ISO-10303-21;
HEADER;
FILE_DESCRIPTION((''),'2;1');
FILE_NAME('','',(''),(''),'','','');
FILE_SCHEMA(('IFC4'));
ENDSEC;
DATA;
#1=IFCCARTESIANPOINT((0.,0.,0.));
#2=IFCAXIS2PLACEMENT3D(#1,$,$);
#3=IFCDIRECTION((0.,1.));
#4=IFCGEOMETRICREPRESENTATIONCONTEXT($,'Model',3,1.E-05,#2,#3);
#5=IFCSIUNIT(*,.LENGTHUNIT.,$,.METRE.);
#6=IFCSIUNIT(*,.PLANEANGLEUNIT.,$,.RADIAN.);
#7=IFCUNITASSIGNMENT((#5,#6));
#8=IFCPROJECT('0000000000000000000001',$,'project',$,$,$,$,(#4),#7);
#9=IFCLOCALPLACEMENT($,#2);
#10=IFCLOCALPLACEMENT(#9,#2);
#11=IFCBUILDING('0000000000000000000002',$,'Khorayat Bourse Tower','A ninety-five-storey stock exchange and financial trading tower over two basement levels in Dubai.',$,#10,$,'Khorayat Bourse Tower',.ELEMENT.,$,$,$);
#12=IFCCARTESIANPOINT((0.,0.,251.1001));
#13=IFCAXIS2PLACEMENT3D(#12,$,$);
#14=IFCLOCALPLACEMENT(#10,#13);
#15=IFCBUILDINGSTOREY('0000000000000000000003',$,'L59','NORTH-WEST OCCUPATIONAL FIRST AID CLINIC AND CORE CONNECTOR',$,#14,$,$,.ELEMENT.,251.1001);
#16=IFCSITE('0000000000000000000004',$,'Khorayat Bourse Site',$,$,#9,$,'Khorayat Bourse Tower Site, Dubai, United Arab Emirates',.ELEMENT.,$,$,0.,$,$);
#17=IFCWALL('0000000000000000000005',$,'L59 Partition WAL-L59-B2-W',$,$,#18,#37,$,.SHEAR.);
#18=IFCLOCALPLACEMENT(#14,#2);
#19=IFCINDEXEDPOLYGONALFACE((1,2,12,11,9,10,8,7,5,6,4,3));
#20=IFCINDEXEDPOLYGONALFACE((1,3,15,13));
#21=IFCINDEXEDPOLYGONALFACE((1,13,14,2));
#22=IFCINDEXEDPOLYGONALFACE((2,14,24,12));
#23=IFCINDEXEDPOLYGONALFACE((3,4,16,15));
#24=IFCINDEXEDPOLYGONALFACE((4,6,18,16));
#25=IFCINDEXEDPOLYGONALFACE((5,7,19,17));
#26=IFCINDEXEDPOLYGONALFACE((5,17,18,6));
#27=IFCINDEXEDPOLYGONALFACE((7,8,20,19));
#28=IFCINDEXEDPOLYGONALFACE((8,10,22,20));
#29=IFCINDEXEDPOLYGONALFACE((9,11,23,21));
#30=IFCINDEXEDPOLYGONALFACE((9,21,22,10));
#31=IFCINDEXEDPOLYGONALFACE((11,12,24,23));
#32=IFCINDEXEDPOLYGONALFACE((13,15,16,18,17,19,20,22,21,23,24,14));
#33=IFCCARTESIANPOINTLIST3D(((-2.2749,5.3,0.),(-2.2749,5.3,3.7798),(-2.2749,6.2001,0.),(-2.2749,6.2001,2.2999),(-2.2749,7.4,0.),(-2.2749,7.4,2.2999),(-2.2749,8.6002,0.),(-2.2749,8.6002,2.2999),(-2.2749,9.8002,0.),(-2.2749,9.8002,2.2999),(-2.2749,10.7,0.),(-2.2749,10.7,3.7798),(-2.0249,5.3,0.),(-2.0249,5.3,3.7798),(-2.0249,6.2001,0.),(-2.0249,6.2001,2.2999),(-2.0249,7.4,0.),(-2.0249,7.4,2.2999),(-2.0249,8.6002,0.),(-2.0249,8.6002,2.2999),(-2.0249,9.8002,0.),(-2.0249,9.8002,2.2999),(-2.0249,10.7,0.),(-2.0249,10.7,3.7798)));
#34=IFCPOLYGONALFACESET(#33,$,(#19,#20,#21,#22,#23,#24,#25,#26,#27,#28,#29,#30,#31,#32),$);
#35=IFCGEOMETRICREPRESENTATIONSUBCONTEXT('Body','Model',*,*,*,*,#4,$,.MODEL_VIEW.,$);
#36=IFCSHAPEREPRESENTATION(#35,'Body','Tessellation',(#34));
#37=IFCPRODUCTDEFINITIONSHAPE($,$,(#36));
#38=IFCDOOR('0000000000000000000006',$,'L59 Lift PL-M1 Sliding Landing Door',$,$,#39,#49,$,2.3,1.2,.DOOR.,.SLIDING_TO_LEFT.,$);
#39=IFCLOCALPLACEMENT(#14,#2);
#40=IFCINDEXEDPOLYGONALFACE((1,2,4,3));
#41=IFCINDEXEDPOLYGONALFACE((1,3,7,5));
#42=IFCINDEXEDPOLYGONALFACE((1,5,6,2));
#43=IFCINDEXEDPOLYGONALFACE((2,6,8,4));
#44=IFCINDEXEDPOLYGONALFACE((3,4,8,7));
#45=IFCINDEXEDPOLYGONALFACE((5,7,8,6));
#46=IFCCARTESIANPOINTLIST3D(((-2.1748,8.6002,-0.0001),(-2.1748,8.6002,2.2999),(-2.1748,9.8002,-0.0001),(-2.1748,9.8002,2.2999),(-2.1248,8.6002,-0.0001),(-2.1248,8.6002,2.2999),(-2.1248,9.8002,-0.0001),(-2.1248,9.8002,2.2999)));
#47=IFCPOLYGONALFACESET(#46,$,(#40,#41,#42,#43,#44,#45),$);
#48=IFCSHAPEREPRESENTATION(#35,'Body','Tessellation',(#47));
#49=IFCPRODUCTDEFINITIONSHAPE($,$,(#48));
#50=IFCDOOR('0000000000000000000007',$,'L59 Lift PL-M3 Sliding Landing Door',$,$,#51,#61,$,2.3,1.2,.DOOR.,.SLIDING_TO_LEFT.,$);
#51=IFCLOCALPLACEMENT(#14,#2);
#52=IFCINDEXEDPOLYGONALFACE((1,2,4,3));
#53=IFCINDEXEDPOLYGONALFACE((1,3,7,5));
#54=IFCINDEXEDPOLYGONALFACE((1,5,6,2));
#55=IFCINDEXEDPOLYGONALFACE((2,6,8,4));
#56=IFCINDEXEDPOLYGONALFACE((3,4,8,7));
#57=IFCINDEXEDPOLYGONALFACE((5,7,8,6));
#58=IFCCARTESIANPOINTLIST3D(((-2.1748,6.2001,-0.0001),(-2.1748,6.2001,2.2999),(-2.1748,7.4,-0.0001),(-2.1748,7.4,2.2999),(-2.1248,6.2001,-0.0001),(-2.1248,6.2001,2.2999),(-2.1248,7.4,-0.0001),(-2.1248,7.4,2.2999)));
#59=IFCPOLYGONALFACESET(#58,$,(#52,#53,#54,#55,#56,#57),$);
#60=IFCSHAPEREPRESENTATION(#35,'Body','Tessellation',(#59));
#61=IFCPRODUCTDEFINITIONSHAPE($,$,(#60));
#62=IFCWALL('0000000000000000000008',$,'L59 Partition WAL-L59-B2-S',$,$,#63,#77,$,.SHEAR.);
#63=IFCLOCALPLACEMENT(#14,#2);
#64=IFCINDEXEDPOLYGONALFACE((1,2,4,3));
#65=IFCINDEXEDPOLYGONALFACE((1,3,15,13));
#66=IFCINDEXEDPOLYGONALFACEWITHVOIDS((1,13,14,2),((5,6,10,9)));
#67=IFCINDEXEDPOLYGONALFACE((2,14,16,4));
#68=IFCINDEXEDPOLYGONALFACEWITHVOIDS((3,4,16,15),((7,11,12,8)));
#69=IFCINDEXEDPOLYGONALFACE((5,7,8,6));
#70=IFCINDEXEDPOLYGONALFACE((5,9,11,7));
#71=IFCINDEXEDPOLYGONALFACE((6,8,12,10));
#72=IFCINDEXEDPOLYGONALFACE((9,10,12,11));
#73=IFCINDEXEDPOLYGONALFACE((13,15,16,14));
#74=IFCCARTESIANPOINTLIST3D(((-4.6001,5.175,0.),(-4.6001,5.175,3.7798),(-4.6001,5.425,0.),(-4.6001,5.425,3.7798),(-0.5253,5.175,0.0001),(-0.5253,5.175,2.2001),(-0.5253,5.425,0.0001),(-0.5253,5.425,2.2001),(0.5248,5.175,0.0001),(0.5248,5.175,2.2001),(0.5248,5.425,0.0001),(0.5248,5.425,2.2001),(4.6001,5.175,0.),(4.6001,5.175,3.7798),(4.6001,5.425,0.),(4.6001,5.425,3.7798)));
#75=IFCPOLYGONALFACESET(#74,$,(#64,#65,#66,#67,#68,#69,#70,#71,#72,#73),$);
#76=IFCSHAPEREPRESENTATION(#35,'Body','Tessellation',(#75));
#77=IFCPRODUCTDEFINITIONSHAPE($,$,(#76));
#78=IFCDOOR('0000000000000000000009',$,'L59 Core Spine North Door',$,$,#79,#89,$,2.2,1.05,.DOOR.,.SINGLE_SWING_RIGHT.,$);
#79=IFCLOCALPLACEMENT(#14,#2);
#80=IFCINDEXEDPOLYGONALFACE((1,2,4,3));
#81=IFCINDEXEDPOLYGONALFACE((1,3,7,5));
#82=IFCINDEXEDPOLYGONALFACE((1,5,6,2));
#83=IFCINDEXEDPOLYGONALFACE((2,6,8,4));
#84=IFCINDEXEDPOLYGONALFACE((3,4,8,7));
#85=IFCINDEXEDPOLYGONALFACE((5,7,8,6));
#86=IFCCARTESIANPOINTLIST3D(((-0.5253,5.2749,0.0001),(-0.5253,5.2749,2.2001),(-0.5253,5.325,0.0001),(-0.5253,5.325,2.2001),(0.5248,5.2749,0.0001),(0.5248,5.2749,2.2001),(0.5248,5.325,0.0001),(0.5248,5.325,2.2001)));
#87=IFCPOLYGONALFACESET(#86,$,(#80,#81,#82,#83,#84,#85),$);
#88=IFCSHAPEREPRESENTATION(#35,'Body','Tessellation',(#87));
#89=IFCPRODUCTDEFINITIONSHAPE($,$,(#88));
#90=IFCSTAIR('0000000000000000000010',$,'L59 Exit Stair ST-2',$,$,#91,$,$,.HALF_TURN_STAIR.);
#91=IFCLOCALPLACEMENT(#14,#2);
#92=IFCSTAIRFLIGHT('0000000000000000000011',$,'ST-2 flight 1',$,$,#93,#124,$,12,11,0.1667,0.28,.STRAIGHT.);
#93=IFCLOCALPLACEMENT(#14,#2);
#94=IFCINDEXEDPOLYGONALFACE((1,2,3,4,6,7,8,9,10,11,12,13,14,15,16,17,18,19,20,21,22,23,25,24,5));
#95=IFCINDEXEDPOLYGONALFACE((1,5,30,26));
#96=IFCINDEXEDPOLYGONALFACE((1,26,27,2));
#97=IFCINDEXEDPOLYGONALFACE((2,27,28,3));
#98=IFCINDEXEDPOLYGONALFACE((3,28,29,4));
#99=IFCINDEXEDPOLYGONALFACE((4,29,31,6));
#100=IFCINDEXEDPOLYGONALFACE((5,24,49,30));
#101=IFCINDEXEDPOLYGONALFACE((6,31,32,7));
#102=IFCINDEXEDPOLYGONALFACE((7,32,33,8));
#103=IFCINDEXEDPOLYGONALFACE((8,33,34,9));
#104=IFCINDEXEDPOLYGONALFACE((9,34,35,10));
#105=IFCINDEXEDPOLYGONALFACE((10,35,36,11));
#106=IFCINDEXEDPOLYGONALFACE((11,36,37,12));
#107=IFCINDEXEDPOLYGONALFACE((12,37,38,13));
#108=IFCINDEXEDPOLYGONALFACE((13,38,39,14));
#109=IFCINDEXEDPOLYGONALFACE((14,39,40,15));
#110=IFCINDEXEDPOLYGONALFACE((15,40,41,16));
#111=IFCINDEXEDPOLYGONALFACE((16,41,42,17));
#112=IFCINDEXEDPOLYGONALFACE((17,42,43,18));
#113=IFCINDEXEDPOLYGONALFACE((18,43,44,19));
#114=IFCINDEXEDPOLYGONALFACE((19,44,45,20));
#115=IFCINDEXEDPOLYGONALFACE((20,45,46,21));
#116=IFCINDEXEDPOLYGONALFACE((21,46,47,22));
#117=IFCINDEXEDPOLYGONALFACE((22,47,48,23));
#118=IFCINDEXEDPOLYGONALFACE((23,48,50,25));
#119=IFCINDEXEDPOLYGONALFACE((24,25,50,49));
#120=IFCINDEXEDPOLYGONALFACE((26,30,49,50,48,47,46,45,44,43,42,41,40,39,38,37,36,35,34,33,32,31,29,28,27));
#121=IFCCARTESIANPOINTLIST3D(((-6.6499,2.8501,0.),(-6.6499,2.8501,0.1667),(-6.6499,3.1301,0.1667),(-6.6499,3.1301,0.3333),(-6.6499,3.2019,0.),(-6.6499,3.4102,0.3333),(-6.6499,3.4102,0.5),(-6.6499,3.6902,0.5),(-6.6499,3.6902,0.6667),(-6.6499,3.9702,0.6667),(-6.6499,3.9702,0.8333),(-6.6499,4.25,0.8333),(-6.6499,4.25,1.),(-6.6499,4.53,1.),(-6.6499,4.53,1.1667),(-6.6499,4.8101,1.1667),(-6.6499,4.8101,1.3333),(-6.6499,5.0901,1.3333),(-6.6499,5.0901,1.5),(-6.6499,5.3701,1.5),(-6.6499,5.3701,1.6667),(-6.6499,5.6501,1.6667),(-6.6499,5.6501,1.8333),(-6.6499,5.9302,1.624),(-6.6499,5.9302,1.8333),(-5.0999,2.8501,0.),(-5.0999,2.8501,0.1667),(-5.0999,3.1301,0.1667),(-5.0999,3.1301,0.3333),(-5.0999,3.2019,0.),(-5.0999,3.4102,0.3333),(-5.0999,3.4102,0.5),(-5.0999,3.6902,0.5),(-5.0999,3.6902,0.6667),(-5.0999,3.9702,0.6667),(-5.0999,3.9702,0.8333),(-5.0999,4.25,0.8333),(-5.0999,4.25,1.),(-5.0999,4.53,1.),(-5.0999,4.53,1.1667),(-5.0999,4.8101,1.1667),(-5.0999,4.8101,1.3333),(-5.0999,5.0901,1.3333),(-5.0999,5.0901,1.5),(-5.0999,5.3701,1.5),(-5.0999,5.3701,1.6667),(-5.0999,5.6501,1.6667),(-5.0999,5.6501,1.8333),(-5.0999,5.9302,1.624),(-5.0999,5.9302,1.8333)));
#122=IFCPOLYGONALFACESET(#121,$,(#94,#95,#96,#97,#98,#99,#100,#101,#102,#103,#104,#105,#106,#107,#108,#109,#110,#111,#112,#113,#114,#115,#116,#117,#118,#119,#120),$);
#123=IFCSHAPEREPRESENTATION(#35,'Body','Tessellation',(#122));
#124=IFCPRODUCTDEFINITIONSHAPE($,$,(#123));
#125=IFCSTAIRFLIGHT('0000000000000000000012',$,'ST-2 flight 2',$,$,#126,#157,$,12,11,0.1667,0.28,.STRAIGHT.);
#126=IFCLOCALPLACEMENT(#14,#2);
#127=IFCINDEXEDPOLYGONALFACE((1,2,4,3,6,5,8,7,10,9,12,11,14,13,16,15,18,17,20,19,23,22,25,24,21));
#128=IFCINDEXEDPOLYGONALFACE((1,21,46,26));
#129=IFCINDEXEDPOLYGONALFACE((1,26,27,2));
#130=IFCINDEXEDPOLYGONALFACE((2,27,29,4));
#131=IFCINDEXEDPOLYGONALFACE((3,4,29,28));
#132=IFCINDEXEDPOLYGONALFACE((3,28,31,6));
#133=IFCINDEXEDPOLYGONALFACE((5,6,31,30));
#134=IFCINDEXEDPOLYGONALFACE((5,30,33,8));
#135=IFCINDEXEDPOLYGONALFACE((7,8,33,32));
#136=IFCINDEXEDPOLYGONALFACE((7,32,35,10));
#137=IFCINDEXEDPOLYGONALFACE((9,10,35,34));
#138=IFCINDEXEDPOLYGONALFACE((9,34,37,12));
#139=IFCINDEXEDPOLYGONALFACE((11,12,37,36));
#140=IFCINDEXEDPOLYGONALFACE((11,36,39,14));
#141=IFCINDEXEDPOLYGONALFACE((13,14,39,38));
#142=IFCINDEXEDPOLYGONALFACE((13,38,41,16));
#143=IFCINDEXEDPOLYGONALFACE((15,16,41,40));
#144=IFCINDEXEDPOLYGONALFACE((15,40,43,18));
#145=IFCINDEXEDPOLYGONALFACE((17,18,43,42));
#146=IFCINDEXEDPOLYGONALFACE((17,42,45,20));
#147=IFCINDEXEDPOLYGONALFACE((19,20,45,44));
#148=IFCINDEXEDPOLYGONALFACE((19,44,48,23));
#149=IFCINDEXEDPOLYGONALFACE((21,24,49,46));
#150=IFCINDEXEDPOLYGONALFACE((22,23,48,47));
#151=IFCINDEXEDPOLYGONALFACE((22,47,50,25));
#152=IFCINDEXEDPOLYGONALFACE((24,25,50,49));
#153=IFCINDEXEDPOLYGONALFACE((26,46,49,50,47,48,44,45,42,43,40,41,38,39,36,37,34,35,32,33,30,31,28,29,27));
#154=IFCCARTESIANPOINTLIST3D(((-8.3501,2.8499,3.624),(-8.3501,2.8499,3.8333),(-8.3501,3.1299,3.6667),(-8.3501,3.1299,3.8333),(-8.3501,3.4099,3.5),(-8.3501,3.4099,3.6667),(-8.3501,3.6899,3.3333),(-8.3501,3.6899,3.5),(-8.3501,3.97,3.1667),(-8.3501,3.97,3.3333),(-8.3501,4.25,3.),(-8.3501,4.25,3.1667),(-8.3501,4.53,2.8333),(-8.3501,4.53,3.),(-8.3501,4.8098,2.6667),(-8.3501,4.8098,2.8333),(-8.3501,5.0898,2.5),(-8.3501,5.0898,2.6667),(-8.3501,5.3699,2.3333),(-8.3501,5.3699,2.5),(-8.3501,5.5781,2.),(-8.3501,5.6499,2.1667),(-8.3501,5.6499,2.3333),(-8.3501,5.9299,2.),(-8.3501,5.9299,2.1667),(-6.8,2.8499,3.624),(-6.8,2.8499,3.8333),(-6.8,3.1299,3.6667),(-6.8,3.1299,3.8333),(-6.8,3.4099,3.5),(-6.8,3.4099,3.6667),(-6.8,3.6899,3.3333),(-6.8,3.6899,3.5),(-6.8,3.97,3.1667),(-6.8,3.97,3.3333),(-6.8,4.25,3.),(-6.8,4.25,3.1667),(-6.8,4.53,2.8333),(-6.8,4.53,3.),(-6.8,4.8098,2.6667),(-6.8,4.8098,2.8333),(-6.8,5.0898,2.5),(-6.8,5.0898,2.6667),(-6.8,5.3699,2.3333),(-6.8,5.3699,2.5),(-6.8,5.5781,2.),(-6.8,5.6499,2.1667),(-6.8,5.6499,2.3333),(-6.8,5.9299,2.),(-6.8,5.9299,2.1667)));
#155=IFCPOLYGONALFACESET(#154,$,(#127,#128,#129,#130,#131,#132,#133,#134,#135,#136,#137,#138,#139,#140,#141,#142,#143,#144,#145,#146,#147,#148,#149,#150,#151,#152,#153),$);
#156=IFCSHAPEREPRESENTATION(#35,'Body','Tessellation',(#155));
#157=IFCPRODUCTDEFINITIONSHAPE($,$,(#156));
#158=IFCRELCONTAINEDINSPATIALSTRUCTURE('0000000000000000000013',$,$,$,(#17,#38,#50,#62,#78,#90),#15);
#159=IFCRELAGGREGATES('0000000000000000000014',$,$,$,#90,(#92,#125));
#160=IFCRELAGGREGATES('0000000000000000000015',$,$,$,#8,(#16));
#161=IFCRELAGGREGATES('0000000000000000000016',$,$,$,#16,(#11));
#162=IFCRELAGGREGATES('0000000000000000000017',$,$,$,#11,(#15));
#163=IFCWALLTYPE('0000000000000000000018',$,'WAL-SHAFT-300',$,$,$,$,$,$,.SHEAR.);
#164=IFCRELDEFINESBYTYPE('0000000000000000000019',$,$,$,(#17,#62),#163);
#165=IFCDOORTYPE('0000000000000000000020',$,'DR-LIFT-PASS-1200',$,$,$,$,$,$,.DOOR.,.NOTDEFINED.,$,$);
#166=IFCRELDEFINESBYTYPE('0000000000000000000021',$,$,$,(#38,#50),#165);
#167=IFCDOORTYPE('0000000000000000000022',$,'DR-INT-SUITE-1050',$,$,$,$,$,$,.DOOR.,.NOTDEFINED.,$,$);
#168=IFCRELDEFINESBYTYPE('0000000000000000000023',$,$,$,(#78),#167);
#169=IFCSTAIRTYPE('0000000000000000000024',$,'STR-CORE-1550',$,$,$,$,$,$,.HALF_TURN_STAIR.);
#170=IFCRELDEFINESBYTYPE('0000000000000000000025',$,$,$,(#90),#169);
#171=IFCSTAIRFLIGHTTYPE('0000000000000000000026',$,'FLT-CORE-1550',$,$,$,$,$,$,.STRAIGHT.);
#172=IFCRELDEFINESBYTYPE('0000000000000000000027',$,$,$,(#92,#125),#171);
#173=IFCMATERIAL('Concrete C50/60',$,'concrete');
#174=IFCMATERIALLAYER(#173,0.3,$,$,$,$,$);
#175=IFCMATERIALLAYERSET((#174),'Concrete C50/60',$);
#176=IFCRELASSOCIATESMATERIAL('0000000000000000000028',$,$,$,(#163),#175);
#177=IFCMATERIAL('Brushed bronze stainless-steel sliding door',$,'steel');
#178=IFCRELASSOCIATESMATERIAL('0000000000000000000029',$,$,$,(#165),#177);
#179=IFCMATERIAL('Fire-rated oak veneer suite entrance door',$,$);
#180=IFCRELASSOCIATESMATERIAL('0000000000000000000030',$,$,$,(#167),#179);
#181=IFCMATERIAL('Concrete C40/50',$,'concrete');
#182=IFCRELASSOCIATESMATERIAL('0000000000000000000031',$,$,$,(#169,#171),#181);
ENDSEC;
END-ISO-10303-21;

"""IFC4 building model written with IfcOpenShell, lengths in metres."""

from ifc_helpers import new_model, si_unit, direction, frame, frame_2d, origin, place, context, subcontext, project, spatial, polyline, rectangle, outline, extrude, source, transform, mapped, material, layer, layer_set, type_object, element, fill, aggregate, save


model = new_model("IFC4")

# Units and contexts
model_context = context("Model", 3, precision=1e-05, world=origin(), true_north=direction((0.0, 1.0)))
body_context = subcontext(model_context, "Body", "Model", "MODEL_VIEW")
ifc_project = project(units=[si_unit("LENGTHUNIT", "METRE"), si_unit("PLANEANGLEUNIT", "RADIAN")], contexts=[model_context])

# Site, building, storey
site_placement = place(None, origin())
site = spatial("IfcSite", under=ifc_project, at=site_placement, Name="Khorayat Bourse Site", LongName="Khorayat Bourse Tower Site, Dubai, United Arab Emirates", CompositionType="ELEMENT", RefElevation=0.0)
building_placement = place(site_placement, origin())
building = spatial("IfcBuilding", under=site, at=building_placement, Name="Khorayat Bourse Tower", Description="A ninety-five-storey stock exchange and financial trading tower over two basement levels in Dubai.", LongName="Khorayat Bourse Tower", CompositionType="ELEMENT")
storey_placement = place(building_placement, frame((0.0, 0.0, 251.1001)))
storey = spatial("IfcBuildingStorey", under=building, at=storey_placement, Name="L59", Description="NORTH-WEST OCCUPATIONAL FIRST AID CLINIC AND CORE CONNECTOR", CompositionType="ELEMENT", Elevation=251.1001)

# Shared definitions
ifc_material_1 = material(Name="Concrete C40/50", Category="concrete")

# Shared definitions
ifc_material_2 = material(Name="Concrete C50/60", Category="concrete")
ifc_layer_1 = layer(ifc_material_2, 0.3)
ifc_layer_set_1 = layer_set([ifc_layer_1], Name="Concrete C50/60")
wall_type_1 = type_object("IfcWallType", Name="WAL-SHAFT-300", PredefinedType="SHEAR", material=ifc_layer_set_1)

# Wall, openings, doors
shared_shape_1 = source(origin(), body_context, "Body", "SweptSolid", [
    extrude(rectangle(XDim=5.3999, YDim=0.25, at=frame_2d((2.7, 0.0))), origin(), (0.0, 0.0, 1.0), 3.7798),
])
wall_1_placement = place(storey_placement, frame((-2.1499, 5.3, 0.0), z_axis=(0.0, 0.0, 1.0), x_axis=(0.0, 1.0, 0.0)))
wall_1 = element("IfcWall", 1, at=wall_1_placement, inside=storey, type_object=wall_type_1, Name="L59 Partition WAL-L59-B2-W", PredefinedType="SHEAR", context=body_context, shape_type="MappedRepresentation", body=[
    mapped(shared_shape_1, transform((0.0, 0.0, 0.0), scale=1.0)),
])
shared_shape_2 = source(origin(), body_context, "Body", "SweptSolid", [
    extrude(rectangle(XDim=1.2, YDim=2.3, at=frame_2d((0.6001, 1.1499))), frame((0.0, 0.135, 0.0), z_axis=(0.0, -1.0, 0.0), x_axis=(1.0, 0.0, 0.0)), (0.0, 0.0, 1.0), 0.27),
])
opening_1_placement = place(wall_1_placement, frame((3.3, 0.0, 0.0)))
opening_1 = element("IfcOpeningElement", 2, at=opening_1_placement, cuts=wall_1, PredefinedType="OPENING", context=body_context, shape_type="MappedRepresentation", body=[
    mapped(shared_shape_2, transform((0.0, 0.0, 0.0), scale=1.0)),
])
opening_2_placement = place(wall_1_placement, frame((0.8999, 0.0, 0.0)))
opening_2 = element("IfcOpeningElement", 3, at=opening_2_placement, cuts=wall_1, PredefinedType="OPENING", context=body_context, shape_type="MappedRepresentation", body=[
    mapped(shared_shape_2, transform((0.0, 0.0, 0.0), scale=1.0)),
])
ifc_material_3 = material(Name="Brushed bronze stainless-steel sliding door", Category="steel")
door_type_1 = type_object("IfcDoorType", Name="DR-LIFT-PASS-1200", OperationType="NOTDEFINED", PredefinedType="DOOR", material=ifc_material_3)
shared_shape_3 = source(origin(), body_context, "Body", "SweptSolid", [
    extrude(rectangle(XDim=1.2, YDim=2.3, at=frame_2d((0.6001, 1.1499))), frame((0.0, 0.0249, 0.0), z_axis=(0.0, -1.0, 0.0), x_axis=(1.0, 0.0, 0.0)), (0.0, 0.0, 1.0), 0.05),
])
door_1_placement = place(opening_1_placement, origin())
door_1 = element("IfcDoor", 4, at=door_1_placement, inside=storey, type_object=door_type_1, Name="L59 Lift PL-M1 Sliding Landing Door", OperationType="SLIDING_TO_LEFT", OverallHeight=2.3, OverallWidth=1.2, PredefinedType="DOOR", context=body_context, shape_type="MappedRepresentation", body=[
    mapped(shared_shape_3, transform((0.0, 0.0, 0.0), scale=1.0)),
])
fill(opening_1, door_1)
door_2_placement = place(opening_2_placement, origin())
door_2 = element("IfcDoor", 5, at=door_2_placement, inside=storey, type_object=door_type_1, Name="L59 Lift PL-M3 Sliding Landing Door", OperationType="SLIDING_TO_LEFT", OverallHeight=2.3, OverallWidth=1.2, PredefinedType="DOOR", context=body_context, shape_type="MappedRepresentation", body=[
    mapped(shared_shape_3, transform((0.0, 0.0, 0.0), scale=1.0)),
])
fill(opening_2, door_2)

# Wall, opening, door
shared_shape_4 = source(origin(), body_context, "Body", "SweptSolid", [
    extrude(rectangle(XDim=9.2002, YDim=0.25, at=frame_2d((4.6001, 0.0))), origin(), (0.0, 0.0, 1.0), 3.7798),
])
wall_2_placement = place(storey_placement, frame((-4.6001, 5.3, 0.0), z_axis=(0.0, 0.0, 1.0), x_axis=(1.0, 0.0, 0.0)))
wall_2 = element("IfcWall", 6, at=wall_2_placement, inside=storey, type_object=wall_type_1, Name="L59 Partition WAL-L59-B2-S", PredefinedType="SHEAR", context=body_context, shape_type="MappedRepresentation", body=[
    mapped(shared_shape_4, transform((0.0, 0.0, 0.0), scale=1.0)),
])
shared_shape_5 = source(origin(), body_context, "Body", "SweptSolid", [
    extrude(rectangle(XDim=1.05, YDim=2.2, at=frame_2d((0.5249, 1.1001))), frame((0.0, 0.135, 0.0), z_axis=(0.0, -1.0, 0.0), x_axis=(1.0, 0.0, 0.0)), (0.0, 0.0, 1.0), 0.27),
])
opening_3_placement = place(wall_2_placement, frame((4.075, 0.0, 0.0)))
opening_3 = element("IfcOpeningElement", 7, at=opening_3_placement, cuts=wall_2, PredefinedType="OPENING", context=body_context, shape_type="MappedRepresentation", body=[
    mapped(shared_shape_5, transform((0.0, 0.0, 0.0), scale=1.0)),
])
ifc_material_4 = material(Name="Fire-rated oak veneer suite entrance door")
door_type_2 = type_object("IfcDoorType", Name="DR-INT-SUITE-1050", OperationType="NOTDEFINED", PredefinedType="DOOR", material=ifc_material_4)
shared_shape_6 = source(origin(), body_context, "Body", "SweptSolid", [
    extrude(rectangle(XDim=1.05, YDim=2.2, at=frame_2d((0.5249, 1.1001))), frame((0.0, 0.0249, 0.0), z_axis=(0.0, -1.0, 0.0), x_axis=(1.0, 0.0, 0.0)), (0.0, 0.0, 1.0), 0.05),
])
door_3_placement = place(opening_3_placement, origin())
door_3 = element("IfcDoor", 8, at=door_3_placement, inside=storey, type_object=door_type_2, Name="L59 Core Spine North Door", OperationType="SINGLE_SWING_RIGHT", OverallHeight=2.2, OverallWidth=1.05, PredefinedType="DOOR", context=body_context, shape_type="MappedRepresentation", body=[
    mapped(shared_shape_6, transform((0.0, 0.0, 0.0), scale=1.0)),
])
fill(opening_3, door_3)

# Stair, stair flights
stair_type = type_object("IfcStairType", Name="STR-CORE-1550", PredefinedType="HALF_TURN_STAIR", material=ifc_material_1)
stair_placement = place(storey_placement, origin())
stair = element("IfcStair", 9, at=stair_placement, inside=storey, type_object=stair_type, Name="L59 Exit Stair ST-2", PredefinedType="HALF_TURN_STAIR")
stair_flight_type = type_object("IfcStairFlightType", Name="FLT-CORE-1550", PredefinedType="STRAIGHT", material=ifc_material_1)
shared_shape_7 = source(origin(), body_context, "Body", "SweptSolid", [
    extrude(outline(polyline([(0.0, 0.0), (0.0, 0.1667), (0.28, 0.1667), (0.28, 0.3333), (0.5601, 0.3333), (0.5601, 0.5), (0.8401, 0.5), (0.8401, 0.6667), (1.1201, 0.6667), (1.1201, 0.8333), (1.3999, 0.8333), (1.3999, 1.0), (1.6799, 1.0), (1.6799, 1.1667), (1.96, 1.1667), (1.96, 1.3333), (2.24, 1.3333), (2.24, 1.5), (2.52, 1.5), (2.52, 1.6667), (2.8, 1.6667), (2.8, 1.8333), (3.0801, 1.8333), (3.0801, 2.0), (3.0801, 1.624), (0.3518, 0.0), (0.0, 0.0)])), frame((0.0, 0.7749, 0.0), z_axis=(0.0, -1.0, 0.0), x_axis=(1.0, 0.0, 0.0)), (0.0, 0.0, 1.0), 1.55),
])
stair_flight_1_placement = place(storey_placement, frame((-5.875, 2.8501, 0.0), z_axis=(0.0, 0.0, 1.0), x_axis=(0.0, 1.0, 0.0)))
stair_flight_1 = element("IfcStairFlight", 10, at=stair_flight_1_placement, type_object=stair_flight_type, Name="ST-2 flight 1", NumberOfRisers=12, NumberOfTreads=11, PredefinedType="STRAIGHT", RiserHeight=0.1667, TreadLength=0.28, context=body_context, shape_type="MappedRepresentation", body=[
    mapped(shared_shape_7, transform((0.0, 0.0, 0.0), scale=1.0)),
])
stair_flight_2_placement = place(storey_placement, frame((-7.575, 5.9299, 2.0), z_axis=(0.0, 0.0, 1.0), x_axis=(0.0, -1.0, 0.0)))
stair_flight_2 = element("IfcStairFlight", 11, at=stair_flight_2_placement, type_object=stair_flight_type, Name="ST-2 flight 2", NumberOfRisers=12, NumberOfTreads=11, PredefinedType="STRAIGHT", RiserHeight=0.1667, TreadLength=0.28, context=body_context, shape_type="MappedRepresentation", body=[
    mapped(shared_shape_7, transform((0.0, 0.0, 0.0), scale=1.0)),
])
aggregate(stair, [stair_flight_1, stair_flight_2])

save(model, "model.ifc")
